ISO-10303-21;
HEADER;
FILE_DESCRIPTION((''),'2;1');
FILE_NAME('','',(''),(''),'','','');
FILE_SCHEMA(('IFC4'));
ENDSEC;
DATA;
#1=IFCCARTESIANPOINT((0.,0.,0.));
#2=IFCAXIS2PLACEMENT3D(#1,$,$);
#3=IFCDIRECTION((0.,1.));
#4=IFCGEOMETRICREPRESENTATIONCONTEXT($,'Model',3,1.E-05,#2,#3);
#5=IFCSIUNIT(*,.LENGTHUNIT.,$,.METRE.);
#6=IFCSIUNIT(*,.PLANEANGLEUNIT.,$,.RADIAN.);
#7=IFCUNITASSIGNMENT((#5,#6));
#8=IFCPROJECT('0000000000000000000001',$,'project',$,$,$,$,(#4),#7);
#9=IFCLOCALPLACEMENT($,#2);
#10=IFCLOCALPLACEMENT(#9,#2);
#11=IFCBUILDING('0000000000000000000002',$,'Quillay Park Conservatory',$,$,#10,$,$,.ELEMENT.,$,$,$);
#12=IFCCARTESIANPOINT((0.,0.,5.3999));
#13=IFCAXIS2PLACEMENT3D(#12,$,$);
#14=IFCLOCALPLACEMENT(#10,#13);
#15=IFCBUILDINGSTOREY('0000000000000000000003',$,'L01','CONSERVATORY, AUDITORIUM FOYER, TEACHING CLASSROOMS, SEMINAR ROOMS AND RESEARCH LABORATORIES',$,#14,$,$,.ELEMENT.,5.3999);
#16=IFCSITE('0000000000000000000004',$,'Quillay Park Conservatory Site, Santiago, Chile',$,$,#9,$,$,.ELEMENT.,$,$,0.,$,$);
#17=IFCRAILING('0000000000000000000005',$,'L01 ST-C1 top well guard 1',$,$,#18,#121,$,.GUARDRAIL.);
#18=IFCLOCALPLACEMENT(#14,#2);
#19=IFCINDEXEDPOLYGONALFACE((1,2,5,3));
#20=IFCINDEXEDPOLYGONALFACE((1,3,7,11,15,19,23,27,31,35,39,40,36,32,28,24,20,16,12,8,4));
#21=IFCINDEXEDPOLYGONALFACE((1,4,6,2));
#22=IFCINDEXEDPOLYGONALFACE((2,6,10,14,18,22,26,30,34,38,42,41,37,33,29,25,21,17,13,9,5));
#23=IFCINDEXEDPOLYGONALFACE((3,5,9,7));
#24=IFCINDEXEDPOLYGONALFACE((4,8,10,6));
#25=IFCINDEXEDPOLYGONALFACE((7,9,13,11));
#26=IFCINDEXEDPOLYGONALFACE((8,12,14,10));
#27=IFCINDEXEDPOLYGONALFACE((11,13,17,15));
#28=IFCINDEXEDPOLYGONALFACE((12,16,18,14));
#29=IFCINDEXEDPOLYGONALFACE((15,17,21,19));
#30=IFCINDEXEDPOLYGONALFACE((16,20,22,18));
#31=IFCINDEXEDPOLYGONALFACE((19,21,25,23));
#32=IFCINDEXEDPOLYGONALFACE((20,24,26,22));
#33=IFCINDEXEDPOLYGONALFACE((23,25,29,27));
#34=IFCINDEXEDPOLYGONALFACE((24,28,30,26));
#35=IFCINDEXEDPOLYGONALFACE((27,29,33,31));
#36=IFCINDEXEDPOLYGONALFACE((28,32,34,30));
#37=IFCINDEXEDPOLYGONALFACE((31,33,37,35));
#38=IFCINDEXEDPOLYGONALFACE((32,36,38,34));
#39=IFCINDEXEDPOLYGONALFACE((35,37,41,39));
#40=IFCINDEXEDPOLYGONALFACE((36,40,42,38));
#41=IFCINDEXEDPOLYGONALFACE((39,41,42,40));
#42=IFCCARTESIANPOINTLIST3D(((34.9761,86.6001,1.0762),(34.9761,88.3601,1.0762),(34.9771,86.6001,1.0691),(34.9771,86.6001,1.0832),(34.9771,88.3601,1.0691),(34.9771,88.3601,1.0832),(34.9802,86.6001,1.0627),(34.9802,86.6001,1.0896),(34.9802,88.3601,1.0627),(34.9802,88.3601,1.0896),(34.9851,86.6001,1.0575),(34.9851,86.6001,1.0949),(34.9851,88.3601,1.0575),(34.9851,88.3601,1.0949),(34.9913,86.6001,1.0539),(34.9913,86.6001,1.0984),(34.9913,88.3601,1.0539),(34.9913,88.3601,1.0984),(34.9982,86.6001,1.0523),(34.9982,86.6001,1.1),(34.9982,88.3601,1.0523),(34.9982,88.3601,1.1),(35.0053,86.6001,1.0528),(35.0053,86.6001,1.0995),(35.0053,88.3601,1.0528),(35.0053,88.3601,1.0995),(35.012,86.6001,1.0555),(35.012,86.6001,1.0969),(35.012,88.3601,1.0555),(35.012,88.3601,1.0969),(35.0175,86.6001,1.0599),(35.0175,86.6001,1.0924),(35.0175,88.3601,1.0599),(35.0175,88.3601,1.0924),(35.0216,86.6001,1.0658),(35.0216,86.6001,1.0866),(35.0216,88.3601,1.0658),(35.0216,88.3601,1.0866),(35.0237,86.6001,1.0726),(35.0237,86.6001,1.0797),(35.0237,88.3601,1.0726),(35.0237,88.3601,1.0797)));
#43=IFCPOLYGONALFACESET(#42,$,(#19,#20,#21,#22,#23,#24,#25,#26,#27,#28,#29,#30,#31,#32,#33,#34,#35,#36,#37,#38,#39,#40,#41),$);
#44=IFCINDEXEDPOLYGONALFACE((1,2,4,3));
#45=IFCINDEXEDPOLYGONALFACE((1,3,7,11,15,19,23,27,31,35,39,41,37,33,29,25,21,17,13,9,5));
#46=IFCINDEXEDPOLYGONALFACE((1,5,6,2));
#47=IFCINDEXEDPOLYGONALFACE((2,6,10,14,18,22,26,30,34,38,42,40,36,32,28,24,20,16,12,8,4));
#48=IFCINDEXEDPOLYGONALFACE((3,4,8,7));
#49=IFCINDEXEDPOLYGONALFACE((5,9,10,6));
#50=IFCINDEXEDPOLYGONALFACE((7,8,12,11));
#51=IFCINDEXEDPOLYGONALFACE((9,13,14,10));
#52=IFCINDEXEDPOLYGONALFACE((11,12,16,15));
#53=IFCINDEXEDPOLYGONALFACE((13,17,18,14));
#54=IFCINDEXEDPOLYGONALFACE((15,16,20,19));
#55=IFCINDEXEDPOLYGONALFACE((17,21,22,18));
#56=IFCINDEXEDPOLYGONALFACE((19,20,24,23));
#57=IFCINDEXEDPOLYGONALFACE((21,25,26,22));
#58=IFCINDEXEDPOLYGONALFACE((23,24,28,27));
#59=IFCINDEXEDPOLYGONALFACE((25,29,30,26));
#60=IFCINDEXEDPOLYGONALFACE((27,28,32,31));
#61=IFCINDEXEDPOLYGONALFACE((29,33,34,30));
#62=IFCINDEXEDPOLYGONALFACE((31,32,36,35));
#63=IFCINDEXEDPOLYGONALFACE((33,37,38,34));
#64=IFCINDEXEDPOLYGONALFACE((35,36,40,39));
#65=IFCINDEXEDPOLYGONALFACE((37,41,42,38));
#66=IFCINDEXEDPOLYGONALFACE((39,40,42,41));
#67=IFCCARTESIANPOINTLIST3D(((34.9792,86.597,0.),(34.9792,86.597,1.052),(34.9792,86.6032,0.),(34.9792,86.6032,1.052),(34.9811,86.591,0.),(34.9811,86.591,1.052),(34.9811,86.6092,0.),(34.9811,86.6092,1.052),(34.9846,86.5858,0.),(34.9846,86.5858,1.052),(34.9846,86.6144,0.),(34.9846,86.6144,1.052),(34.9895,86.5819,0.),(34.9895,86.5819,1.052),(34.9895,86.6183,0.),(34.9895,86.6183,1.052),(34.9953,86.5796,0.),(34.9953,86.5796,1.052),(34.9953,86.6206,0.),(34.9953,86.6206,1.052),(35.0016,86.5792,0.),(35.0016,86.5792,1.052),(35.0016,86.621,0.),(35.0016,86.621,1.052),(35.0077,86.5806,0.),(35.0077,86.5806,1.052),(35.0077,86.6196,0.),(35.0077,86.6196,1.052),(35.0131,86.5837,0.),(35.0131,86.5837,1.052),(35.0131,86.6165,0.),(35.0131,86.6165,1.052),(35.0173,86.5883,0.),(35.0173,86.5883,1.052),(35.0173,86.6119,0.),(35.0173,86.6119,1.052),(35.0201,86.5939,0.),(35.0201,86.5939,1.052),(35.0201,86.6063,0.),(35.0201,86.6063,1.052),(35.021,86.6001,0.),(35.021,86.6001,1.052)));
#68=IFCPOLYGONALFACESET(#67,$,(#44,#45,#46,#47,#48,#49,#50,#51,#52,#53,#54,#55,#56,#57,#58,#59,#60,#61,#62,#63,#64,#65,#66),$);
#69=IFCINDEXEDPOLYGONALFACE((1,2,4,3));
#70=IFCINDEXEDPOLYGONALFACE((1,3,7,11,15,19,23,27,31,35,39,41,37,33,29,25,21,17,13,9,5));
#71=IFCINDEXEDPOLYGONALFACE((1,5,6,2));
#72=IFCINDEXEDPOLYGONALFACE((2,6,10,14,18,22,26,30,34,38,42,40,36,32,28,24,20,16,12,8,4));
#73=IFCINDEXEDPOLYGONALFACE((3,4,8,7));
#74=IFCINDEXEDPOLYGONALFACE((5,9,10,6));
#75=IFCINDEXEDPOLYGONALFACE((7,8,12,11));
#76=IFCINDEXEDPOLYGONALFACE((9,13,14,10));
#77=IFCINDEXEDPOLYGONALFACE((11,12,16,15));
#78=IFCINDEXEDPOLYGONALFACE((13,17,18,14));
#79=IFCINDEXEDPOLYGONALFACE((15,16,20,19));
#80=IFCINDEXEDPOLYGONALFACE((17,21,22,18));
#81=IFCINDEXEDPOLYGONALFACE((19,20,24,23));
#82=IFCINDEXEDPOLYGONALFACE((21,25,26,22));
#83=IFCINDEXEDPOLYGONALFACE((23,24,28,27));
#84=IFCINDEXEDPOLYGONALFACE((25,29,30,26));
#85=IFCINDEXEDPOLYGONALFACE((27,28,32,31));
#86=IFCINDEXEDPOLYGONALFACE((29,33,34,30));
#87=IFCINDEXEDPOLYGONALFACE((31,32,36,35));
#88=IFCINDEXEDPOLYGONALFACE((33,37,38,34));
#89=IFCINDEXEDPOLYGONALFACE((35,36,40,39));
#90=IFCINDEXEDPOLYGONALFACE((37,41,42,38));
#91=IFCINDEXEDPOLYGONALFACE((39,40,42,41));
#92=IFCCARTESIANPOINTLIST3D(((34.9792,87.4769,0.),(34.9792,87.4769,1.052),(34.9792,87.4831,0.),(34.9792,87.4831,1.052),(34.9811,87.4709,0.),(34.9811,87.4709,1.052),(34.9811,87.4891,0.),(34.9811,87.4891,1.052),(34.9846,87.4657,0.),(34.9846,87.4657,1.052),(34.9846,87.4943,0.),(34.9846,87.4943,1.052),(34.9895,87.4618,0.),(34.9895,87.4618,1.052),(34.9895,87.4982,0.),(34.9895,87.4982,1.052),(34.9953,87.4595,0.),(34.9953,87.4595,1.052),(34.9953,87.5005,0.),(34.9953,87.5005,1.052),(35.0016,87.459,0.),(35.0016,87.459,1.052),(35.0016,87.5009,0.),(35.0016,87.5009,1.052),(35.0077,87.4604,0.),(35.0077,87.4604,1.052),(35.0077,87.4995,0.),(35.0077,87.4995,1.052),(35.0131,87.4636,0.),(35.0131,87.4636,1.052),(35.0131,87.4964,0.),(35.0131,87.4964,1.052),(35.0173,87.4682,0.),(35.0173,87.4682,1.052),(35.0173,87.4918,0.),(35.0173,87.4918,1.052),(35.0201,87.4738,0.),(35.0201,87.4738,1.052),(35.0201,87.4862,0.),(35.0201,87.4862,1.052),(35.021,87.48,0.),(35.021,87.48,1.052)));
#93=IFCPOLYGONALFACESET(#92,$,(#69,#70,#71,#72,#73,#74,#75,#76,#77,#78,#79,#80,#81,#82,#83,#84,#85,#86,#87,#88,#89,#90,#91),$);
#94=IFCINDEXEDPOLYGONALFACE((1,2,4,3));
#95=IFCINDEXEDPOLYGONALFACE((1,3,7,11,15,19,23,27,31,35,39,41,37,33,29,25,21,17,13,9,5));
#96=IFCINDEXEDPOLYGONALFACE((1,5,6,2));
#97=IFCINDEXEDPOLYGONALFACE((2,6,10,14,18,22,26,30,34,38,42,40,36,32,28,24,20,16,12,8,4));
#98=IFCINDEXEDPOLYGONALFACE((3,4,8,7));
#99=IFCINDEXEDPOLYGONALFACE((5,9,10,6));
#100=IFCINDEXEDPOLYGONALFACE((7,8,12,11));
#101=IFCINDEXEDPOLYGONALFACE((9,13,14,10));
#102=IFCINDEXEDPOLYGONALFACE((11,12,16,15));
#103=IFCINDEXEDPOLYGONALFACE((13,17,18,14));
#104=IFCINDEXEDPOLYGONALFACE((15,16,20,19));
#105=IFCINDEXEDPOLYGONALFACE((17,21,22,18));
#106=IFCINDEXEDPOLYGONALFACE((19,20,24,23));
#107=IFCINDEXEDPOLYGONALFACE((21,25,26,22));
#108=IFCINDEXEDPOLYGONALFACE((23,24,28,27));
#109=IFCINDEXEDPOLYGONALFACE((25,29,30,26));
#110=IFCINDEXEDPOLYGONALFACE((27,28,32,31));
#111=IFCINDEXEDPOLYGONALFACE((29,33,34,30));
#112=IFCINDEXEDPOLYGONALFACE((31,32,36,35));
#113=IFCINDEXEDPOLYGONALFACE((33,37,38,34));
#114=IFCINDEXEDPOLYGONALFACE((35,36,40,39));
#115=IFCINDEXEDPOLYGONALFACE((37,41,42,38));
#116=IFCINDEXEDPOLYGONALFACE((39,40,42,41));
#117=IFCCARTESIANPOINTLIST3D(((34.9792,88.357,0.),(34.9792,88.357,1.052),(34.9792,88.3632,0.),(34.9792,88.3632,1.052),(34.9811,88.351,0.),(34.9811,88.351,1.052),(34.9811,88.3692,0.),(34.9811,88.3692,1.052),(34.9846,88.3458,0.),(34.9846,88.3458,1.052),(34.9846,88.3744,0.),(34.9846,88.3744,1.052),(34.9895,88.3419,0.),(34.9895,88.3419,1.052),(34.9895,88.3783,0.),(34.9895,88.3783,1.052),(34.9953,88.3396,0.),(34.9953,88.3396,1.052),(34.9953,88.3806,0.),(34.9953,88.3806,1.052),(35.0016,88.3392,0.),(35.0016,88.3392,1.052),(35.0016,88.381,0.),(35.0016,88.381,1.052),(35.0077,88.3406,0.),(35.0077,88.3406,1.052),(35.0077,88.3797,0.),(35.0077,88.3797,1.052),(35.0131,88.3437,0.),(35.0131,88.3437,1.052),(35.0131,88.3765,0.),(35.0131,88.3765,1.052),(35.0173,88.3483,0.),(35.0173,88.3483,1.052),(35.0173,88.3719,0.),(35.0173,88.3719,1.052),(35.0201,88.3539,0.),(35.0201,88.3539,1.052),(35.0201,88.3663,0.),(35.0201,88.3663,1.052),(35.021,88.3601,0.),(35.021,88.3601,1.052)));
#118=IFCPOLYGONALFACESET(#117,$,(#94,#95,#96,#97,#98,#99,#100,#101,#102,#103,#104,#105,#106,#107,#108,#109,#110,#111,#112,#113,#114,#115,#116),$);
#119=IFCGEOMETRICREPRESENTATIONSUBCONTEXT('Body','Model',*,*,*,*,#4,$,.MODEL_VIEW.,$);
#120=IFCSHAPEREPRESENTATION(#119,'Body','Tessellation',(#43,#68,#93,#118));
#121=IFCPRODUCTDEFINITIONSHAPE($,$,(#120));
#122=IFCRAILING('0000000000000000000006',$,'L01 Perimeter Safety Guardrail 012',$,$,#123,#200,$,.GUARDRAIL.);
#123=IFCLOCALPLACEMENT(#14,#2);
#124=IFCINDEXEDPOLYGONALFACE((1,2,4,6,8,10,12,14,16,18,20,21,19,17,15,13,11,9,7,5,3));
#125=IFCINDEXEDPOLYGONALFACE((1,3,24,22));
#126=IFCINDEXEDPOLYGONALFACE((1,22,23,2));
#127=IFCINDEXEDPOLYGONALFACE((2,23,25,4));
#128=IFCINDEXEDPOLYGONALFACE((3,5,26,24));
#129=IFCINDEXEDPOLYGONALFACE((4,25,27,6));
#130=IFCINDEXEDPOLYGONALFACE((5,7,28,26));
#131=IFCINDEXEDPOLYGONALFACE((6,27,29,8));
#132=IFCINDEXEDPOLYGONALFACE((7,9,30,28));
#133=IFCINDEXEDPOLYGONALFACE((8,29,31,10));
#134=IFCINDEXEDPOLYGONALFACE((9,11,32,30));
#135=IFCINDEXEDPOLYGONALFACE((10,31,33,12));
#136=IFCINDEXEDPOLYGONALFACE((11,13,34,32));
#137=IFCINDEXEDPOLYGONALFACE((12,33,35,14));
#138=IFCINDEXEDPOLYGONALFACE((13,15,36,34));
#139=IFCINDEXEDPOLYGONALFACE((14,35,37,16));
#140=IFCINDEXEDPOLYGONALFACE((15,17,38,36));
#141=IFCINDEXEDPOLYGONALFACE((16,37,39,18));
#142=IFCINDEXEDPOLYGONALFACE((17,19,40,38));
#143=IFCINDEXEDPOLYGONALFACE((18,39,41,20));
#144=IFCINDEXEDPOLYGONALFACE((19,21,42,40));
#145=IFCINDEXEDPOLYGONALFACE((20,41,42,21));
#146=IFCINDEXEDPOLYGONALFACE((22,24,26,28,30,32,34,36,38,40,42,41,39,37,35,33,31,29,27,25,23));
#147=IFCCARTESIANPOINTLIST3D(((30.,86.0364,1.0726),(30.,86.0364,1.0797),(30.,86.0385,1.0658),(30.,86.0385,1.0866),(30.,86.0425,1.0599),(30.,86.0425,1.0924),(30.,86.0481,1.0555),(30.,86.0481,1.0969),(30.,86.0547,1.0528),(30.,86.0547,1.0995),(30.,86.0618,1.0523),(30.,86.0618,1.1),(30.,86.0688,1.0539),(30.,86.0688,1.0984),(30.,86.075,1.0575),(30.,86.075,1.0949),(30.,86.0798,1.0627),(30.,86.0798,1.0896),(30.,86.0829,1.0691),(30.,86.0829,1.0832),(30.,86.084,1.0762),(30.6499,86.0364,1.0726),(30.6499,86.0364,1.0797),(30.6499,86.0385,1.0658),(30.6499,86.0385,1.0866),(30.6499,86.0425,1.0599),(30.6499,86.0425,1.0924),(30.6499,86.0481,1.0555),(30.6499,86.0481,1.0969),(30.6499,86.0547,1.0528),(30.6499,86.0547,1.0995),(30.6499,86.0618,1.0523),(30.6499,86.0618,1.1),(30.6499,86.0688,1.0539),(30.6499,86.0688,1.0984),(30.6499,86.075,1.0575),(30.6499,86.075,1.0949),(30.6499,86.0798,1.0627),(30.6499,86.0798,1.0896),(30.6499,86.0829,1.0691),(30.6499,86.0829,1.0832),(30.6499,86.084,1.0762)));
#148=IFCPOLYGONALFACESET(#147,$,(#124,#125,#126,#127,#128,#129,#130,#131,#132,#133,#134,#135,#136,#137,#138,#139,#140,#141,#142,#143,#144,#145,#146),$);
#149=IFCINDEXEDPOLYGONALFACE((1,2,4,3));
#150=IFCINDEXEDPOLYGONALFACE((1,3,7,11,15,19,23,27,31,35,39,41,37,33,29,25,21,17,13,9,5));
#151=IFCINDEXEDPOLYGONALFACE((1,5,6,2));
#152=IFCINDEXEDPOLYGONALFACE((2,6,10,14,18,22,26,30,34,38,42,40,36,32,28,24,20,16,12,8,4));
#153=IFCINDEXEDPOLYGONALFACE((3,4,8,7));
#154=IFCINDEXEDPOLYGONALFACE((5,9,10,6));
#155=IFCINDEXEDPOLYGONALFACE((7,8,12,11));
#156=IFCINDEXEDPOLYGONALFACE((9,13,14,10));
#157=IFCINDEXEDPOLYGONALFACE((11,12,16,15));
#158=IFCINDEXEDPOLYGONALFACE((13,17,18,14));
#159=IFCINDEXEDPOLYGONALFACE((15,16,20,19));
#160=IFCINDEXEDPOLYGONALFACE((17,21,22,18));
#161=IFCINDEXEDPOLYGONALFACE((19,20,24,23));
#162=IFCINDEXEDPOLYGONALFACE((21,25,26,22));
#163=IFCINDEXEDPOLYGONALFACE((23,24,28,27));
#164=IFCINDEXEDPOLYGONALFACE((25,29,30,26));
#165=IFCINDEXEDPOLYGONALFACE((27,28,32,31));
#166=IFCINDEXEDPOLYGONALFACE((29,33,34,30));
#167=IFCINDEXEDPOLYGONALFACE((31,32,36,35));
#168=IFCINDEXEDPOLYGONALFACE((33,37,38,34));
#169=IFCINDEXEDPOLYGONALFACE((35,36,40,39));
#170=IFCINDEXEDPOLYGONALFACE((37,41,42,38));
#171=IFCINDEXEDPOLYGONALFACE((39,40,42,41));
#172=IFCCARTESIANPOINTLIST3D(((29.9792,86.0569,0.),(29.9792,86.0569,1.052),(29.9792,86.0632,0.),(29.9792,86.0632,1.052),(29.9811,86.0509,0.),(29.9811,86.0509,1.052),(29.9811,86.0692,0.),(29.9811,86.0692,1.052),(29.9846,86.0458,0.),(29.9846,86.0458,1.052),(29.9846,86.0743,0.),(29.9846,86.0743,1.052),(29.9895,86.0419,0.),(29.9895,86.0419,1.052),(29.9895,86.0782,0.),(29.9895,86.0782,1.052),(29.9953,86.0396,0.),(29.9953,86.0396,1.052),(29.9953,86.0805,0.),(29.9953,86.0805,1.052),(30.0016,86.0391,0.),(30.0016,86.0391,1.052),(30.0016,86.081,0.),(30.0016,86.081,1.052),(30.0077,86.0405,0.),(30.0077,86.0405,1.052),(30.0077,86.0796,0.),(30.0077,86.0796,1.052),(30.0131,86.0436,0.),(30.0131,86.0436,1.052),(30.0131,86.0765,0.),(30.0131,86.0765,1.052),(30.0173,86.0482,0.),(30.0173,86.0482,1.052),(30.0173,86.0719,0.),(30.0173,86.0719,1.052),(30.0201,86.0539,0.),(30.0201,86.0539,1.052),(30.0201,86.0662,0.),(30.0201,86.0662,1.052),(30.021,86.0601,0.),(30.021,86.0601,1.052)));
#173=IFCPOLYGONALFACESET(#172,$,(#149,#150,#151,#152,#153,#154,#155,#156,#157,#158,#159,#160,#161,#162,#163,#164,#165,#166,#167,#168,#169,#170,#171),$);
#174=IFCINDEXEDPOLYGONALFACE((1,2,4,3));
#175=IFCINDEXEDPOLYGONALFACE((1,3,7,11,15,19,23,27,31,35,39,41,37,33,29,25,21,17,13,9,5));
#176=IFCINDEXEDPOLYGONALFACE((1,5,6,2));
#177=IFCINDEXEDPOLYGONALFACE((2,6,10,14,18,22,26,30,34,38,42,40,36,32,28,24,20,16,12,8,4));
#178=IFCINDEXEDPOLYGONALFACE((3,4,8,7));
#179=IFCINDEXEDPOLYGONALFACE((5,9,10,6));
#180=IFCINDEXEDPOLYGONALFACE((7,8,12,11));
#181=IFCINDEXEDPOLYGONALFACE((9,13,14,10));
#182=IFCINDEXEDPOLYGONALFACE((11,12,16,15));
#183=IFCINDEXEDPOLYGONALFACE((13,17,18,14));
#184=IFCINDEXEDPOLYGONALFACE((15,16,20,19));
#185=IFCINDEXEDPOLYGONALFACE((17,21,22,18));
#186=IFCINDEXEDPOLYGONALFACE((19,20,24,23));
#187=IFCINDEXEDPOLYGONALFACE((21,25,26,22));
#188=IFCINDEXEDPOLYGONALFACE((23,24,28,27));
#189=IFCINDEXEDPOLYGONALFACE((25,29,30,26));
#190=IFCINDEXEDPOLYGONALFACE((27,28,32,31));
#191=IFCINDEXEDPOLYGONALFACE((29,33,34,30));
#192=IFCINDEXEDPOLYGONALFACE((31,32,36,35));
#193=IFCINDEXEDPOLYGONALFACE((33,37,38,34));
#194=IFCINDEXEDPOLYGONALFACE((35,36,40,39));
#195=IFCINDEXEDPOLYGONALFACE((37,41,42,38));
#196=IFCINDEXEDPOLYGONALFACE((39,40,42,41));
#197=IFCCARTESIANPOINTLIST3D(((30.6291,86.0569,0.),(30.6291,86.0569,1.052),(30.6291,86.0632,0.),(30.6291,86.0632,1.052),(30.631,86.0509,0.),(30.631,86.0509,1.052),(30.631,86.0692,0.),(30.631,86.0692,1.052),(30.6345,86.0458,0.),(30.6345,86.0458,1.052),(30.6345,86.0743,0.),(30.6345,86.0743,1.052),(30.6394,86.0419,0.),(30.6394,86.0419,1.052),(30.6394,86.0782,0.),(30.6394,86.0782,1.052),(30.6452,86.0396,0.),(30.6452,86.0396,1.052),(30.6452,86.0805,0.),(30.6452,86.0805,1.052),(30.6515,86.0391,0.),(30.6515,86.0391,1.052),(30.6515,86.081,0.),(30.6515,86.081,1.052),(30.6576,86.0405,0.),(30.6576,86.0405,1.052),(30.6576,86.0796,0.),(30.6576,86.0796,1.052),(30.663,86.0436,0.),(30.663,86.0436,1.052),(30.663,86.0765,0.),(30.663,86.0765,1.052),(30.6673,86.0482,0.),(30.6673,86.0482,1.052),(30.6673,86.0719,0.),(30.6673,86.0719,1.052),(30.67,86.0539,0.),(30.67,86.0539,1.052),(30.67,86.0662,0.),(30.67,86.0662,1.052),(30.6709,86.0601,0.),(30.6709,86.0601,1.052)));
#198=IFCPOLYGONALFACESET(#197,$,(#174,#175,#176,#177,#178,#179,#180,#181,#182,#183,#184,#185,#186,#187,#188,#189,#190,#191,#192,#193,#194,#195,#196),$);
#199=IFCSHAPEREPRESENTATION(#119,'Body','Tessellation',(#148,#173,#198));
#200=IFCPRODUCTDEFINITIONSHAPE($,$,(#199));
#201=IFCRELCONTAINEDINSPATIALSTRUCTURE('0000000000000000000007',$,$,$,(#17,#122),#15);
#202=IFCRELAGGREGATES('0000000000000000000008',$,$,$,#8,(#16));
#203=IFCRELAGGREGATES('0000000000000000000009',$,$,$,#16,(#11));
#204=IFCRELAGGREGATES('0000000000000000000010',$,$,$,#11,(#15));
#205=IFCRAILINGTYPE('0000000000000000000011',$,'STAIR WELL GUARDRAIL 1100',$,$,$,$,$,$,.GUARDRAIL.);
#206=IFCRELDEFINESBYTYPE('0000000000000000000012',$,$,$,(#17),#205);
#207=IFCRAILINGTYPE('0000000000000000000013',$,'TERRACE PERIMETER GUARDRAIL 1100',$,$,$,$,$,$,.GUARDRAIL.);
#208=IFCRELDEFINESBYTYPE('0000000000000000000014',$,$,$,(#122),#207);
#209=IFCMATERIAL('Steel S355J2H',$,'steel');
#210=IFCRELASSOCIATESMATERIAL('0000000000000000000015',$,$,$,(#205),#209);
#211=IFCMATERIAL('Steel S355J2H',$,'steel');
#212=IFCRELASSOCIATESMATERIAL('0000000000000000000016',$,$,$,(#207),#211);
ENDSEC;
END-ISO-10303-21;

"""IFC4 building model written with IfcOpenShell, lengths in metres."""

from ifc_helpers import new_model, si_unit, direction, frame, origin, origin_2d, place, context, subcontext, project, spatial, circle, extrude, material, type_object, element, save


model = new_model("IFC4")

# Units and contexts
model_context = context("Model", 3, precision=1e-05, world=origin(), true_north=direction((0.0, 1.0)))
body_context = subcontext(model_context, "Body", "Model", "MODEL_VIEW")
ifc_project = project(units=[si_unit("LENGTHUNIT", "METRE"), si_unit("PLANEANGLEUNIT", "RADIAN")], contexts=[model_context])

# Site, building, storey
site_placement = place(None, origin())
site = spatial("IfcSite", under=ifc_project, at=site_placement, Name="Quillay Park Conservatory Site, Santiago, Chile", CompositionType="ELEMENT", RefElevation=0.0)
building_placement = place(site_placement, origin())
building = spatial("IfcBuilding", under=site, at=building_placement, Name="Quillay Park Conservatory", CompositionType="ELEMENT")
storey_placement = place(building_placement, frame((0.0, 0.0, 5.3999)))
storey = spatial("IfcBuildingStorey", under=building, at=storey_placement, Name="L01", Description="CONSERVATORY, AUDITORIUM FOYER, TEACHING CLASSROOMS, SEMINAR ROOMS AND RESEARCH LABORATORIES", CompositionType="ELEMENT", Elevation=5.3999)

# Railings
ifc_material_1 = material(Name="Steel S355J2H", Category="steel")
railing_type_1 = type_object("IfcRailingType", Name="STAIR WELL GUARDRAIL 1100", PredefinedType="GUARDRAIL", material=ifc_material_1)
railing_1_placement = place(storey_placement, frame((35.0, 86.6001, 0.0)))
element("IfcRailing", 1, at=railing_1_placement, inside=storey, type_object=railing_type_1, Name="L01 ST-C1 top well guard 1", PredefinedType="GUARDRAIL", context=body_context, shape_type="SweptSolid", body=[
    extrude(circle(Radius=0.0239, at=origin_2d()), frame((0.0, 0.0, 1.0762), z_axis=(0.0, 1.0, 0.0), x_axis=(-1.0, 0.0, 0.0)), (0.0, 0.0, 1.0), 1.76),
    extrude(circle(Radius=0.021, at=origin_2d()), origin(), (0.0, 0.0, 1.0), 1.052),
    extrude(circle(Radius=0.021, at=origin_2d()), frame((0.0, 0.8799, 0.0)), (0.0, 0.0, 1.0), 1.052),
    extrude(circle(Radius=0.021, at=origin_2d()), frame((0.0, 1.76, 0.0)), (0.0, 0.0, 1.0), 1.052),
])
ifc_material_2 = material(Name="Steel S355J2H", Category="steel")
railing_type_2 = type_object("IfcRailingType", Name="TERRACE PERIMETER GUARDRAIL 1100", PredefinedType="GUARDRAIL", material=ifc_material_2)
for number, where, name in (
    (2, (30.0, 86.0601, 0.0), "L01 Perimeter Safety Guardrail 012"),
):
    element("IfcRailing", number, at=place(storey_placement, frame(where)), inside=storey, type_object=railing_type_2, Name=name, PredefinedType="GUARDRAIL", context=body_context, shape_type="SweptSolid", body=[
        extrude(circle(Radius=0.0239, at=origin_2d()), frame((0.0, 0.0, 1.0762), z_axis=(1.0, 0.0, 0.0), x_axis=(0.0, 1.0, 0.0)), (0.0, 0.0, 1.0), 0.6499),
        extrude(circle(Radius=0.021, at=origin_2d()), origin(), (0.0, 0.0, 1.0), 1.052),
        extrude(circle(Radius=0.021, at=origin_2d()), frame((0.6499, 0.0, 0.0)), (0.0, 0.0, 1.0), 1.052),
    ])

save(model, "model.ifc")
